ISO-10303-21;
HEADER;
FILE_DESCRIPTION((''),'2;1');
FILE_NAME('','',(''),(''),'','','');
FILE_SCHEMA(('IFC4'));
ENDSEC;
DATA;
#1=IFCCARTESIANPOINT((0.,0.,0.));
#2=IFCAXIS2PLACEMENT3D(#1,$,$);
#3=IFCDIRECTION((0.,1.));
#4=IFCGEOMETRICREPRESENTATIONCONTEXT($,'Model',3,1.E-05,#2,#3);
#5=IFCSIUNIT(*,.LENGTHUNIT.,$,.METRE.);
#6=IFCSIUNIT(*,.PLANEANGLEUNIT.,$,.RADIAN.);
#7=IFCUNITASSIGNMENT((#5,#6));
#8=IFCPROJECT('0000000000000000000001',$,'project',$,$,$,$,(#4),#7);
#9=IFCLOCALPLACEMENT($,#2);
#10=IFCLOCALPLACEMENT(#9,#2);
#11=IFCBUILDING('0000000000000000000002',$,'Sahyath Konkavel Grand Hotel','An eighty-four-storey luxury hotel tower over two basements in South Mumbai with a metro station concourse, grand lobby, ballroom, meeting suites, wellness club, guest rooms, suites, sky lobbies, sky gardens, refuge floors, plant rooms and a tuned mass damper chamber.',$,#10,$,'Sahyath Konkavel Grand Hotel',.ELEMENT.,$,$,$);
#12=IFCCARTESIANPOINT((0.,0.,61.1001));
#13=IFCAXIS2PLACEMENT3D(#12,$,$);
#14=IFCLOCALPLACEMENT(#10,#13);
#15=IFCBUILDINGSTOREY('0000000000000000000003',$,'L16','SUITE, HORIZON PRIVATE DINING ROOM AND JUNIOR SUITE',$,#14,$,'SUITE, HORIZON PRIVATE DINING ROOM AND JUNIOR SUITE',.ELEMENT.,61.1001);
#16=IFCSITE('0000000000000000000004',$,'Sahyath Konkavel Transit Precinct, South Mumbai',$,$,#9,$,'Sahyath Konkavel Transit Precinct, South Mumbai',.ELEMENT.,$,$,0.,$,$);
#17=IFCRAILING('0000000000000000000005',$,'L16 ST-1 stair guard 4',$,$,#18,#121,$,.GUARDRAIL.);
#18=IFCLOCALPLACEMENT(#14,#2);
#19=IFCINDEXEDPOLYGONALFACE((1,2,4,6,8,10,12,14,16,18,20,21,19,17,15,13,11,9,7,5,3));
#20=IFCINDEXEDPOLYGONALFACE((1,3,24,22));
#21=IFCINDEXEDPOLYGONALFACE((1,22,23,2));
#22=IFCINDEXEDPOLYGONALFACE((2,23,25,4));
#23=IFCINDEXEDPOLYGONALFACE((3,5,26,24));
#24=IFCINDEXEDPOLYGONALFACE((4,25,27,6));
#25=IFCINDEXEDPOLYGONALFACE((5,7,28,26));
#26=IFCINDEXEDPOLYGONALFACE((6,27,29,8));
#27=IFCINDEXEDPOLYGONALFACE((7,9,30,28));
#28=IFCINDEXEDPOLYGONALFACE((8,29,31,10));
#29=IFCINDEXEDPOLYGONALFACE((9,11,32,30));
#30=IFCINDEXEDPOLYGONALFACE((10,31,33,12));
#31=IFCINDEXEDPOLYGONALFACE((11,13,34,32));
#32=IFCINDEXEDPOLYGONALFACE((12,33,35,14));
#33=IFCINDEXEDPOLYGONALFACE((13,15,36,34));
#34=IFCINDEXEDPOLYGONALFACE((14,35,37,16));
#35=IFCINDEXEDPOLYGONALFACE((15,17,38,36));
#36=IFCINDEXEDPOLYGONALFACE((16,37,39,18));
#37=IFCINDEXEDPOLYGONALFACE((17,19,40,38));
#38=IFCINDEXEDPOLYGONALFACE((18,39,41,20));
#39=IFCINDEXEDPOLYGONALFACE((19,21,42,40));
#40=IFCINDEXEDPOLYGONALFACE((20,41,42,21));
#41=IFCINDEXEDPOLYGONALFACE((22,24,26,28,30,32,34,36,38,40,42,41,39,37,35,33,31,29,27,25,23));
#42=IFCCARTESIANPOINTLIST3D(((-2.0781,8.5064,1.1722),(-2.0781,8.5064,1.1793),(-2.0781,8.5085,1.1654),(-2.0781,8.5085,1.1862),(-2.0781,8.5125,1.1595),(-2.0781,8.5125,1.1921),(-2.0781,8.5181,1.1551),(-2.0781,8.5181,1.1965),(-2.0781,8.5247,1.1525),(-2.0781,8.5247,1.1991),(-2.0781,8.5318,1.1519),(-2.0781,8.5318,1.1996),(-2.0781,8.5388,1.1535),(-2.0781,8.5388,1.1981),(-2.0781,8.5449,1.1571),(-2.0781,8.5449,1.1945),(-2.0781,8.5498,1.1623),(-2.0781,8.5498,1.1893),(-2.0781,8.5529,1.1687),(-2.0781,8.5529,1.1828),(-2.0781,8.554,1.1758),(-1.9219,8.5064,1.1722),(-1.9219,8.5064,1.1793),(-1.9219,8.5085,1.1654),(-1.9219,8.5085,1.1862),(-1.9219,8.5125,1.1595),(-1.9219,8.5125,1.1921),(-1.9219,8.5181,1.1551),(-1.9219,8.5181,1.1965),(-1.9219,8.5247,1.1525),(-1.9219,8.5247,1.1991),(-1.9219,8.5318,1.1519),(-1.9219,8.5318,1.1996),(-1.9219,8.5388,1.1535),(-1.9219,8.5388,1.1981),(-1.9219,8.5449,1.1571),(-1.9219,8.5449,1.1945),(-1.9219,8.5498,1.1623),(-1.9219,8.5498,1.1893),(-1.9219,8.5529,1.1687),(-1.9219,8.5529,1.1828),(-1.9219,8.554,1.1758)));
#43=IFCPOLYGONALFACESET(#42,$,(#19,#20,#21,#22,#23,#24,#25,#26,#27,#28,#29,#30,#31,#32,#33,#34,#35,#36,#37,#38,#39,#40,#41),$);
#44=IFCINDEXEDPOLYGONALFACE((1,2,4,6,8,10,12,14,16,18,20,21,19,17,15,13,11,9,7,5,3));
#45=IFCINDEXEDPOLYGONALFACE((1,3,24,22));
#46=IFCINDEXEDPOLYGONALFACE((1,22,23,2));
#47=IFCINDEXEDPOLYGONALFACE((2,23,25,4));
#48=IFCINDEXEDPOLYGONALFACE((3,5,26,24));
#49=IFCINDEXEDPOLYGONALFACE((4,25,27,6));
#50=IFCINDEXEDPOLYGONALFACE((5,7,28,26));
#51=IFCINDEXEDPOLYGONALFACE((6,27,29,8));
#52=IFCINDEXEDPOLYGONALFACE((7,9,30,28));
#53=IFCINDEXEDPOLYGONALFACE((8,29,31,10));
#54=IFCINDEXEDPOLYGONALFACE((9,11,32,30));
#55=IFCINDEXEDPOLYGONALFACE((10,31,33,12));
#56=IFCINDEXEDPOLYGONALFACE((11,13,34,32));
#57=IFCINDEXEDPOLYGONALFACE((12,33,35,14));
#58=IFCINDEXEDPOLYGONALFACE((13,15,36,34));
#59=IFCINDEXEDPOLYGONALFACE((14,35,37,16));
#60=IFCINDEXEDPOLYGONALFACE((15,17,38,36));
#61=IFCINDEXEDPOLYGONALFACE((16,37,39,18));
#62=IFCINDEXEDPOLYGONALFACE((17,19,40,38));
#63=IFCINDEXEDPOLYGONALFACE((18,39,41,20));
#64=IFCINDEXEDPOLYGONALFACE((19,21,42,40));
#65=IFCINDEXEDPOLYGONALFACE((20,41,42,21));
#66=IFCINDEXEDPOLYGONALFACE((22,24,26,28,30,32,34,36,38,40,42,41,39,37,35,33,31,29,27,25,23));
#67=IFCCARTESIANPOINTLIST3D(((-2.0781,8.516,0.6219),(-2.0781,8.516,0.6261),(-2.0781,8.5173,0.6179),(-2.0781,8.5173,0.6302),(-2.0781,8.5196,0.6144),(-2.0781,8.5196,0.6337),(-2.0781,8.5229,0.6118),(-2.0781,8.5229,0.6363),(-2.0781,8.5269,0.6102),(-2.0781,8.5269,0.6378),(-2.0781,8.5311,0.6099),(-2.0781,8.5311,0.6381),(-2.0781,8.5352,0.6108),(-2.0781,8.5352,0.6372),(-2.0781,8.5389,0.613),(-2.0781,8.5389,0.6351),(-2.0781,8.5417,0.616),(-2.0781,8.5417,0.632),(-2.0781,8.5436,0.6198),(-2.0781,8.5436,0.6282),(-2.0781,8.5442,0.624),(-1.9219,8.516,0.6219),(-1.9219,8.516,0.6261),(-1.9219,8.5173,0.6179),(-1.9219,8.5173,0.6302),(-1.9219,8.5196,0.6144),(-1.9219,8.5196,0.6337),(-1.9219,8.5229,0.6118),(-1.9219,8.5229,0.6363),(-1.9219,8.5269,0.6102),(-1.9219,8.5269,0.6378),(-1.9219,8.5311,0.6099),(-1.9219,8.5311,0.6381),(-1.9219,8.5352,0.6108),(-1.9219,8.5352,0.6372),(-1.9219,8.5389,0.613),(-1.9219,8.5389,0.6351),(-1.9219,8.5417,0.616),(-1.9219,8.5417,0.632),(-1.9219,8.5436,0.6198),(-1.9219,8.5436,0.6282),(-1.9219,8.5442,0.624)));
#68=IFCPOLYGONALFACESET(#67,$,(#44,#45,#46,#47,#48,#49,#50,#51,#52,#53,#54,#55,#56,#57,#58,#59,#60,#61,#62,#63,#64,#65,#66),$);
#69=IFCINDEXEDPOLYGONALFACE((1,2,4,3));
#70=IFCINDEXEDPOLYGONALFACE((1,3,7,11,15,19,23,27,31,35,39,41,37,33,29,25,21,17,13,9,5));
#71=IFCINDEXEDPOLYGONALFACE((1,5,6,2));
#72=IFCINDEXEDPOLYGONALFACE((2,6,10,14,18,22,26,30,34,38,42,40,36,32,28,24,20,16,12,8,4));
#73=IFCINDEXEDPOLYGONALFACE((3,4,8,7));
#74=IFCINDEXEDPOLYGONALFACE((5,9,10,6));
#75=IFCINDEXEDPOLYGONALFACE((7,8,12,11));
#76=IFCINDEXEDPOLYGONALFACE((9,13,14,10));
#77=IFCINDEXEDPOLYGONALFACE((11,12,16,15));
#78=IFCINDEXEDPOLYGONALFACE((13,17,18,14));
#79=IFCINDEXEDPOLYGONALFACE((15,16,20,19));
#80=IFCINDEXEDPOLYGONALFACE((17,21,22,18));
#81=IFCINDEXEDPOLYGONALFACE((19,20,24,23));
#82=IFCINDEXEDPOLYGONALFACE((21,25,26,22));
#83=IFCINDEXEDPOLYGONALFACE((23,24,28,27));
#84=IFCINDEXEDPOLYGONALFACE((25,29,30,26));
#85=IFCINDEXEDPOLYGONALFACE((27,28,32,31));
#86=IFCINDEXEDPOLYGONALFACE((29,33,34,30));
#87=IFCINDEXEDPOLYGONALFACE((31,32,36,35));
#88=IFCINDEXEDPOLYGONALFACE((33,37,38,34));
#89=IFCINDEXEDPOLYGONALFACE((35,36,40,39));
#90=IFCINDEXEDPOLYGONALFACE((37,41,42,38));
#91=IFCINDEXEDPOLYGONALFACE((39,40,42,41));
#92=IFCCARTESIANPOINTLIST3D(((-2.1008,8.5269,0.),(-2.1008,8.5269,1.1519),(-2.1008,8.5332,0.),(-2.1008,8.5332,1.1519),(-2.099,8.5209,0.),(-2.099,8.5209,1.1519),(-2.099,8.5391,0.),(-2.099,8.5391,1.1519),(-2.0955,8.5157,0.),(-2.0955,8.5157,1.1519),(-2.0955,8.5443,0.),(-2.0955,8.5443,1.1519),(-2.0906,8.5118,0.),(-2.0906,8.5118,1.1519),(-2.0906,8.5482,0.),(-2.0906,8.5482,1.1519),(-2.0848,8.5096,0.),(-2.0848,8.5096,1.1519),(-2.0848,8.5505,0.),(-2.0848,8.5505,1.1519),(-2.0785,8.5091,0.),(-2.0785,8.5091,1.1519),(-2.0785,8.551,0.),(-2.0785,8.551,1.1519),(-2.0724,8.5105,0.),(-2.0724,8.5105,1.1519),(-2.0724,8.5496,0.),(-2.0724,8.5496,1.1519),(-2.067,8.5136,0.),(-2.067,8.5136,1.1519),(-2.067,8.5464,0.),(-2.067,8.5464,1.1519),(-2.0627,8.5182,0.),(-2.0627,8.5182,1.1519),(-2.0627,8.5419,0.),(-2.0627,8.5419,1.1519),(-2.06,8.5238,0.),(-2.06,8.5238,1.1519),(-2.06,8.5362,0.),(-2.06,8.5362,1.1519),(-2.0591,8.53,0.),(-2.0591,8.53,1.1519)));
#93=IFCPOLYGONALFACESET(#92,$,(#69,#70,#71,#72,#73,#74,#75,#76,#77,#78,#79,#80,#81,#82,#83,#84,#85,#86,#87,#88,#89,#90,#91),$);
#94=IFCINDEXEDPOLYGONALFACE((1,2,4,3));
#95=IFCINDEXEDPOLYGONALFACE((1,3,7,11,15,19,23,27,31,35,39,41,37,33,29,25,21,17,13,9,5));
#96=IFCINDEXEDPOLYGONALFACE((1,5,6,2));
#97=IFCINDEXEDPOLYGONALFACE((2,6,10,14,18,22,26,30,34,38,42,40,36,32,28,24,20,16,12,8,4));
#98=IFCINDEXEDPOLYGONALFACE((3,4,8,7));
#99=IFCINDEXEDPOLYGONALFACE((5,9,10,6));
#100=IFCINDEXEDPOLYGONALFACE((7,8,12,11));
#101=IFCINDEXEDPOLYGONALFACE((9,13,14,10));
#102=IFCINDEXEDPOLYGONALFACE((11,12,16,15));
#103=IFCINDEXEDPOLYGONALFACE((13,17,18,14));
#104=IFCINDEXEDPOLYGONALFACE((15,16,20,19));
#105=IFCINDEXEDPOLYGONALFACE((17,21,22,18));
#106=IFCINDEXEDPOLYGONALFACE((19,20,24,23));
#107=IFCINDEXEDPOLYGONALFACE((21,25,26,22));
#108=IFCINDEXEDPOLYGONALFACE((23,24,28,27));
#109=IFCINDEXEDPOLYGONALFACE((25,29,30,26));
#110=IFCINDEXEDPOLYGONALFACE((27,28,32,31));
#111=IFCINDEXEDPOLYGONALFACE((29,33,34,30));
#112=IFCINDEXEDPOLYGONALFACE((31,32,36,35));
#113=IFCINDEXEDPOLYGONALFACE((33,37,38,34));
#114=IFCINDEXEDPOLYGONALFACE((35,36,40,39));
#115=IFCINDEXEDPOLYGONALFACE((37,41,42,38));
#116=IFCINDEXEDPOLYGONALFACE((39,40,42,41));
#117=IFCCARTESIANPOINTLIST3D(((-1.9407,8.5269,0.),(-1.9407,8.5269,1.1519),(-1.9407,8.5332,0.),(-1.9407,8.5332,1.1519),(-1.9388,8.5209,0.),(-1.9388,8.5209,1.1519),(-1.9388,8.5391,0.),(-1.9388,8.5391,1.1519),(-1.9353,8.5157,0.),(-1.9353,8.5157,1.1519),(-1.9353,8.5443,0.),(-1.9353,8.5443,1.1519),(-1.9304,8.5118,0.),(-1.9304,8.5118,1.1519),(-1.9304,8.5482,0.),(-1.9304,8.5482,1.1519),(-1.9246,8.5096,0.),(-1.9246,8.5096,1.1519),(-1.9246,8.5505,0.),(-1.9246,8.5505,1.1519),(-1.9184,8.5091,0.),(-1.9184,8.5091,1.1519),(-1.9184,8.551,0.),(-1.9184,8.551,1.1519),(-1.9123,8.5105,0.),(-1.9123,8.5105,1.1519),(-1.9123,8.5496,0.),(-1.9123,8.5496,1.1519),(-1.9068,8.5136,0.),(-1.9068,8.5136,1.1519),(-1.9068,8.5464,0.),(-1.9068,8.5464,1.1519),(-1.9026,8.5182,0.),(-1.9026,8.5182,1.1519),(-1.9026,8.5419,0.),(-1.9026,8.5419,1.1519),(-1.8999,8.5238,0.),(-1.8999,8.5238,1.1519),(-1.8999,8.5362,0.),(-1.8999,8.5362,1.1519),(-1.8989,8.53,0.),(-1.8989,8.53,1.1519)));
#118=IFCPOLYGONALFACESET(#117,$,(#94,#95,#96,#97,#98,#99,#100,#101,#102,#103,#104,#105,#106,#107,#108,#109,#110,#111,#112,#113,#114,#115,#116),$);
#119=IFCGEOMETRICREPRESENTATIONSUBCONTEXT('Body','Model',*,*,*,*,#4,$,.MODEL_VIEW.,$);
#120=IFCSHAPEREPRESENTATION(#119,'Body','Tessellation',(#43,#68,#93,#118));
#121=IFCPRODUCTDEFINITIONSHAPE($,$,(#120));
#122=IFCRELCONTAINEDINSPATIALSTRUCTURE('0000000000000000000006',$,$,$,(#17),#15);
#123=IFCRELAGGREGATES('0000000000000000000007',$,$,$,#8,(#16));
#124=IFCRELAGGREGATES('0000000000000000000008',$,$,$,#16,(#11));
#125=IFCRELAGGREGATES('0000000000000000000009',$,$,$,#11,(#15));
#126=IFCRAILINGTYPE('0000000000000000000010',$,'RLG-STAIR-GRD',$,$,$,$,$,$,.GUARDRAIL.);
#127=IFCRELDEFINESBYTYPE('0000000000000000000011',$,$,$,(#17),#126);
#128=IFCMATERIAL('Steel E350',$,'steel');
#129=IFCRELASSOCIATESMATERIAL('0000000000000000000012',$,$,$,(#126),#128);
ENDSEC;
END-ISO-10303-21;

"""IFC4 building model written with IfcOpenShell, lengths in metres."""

from ifc_helpers import new_model, si_unit, direction, frame, origin, origin_2d, place, context, subcontext, project, spatial, circle, extrude, material, type_object, element, save


model = new_model("IFC4")

# Units and contexts
model_context = context("Model", 3, precision=1e-05, world=origin(), true_north=direction((0.0, 1.0)))
body_context = subcontext(model_context, "Body", "Model", "MODEL_VIEW")
ifc_project = project(units=[si_unit("LENGTHUNIT", "METRE"), si_unit("PLANEANGLEUNIT", "RADIAN")], contexts=[model_context])

# Site, building, storey
site_placement = place(None, origin())
site = spatial("IfcSite", under=ifc_project, at=site_placement, Name="Sahyath Konkavel Transit Precinct, South Mumbai", LongName="Sahyath Konkavel Transit Precinct, South Mumbai", CompositionType="ELEMENT", RefElevation=0.0)
building_placement = place(site_placement, origin())
building = spatial("IfcBuilding", under=site, at=building_placement, Name="Sahyath Konkavel Grand Hotel", Description="An eighty-four-storey luxury hotel tower over two basements in South Mumbai with a metro station concourse, grand lobby, ballroom, meeting suites, wellness club, guest rooms, suites, sky lobbies, sky gardens, refuge floors, plant rooms and a tuned mass damper chamber.", LongName="Sahyath Konkavel Grand Hotel", CompositionType="ELEMENT")
storey_placement = place(building_placement, frame((0.0, 0.0, 61.1001)))
storey = spatial("IfcBuildingStorey", under=building, at=storey_placement, Name="L16", Description="SUITE, HORIZON PRIVATE DINING ROOM AND JUNIOR SUITE", LongName="SUITE, HORIZON PRIVATE DINING ROOM AND JUNIOR SUITE", CompositionType="ELEMENT", Elevation=61.1001)

# Shared definitions
ifc_material_1 = material(Name="Steel E350", Category="steel")

# Railing
railing_type_1 = type_object("IfcRailingType", Name="RLG-STAIR-GRD", PredefinedType="GUARDRAIL", material=ifc_material_1)
railing_1_placement = place(storey_placement, frame((-2.0801, 8.53, 0.0)))
element("IfcRailing", 1, at=railing_1_placement, inside=storey, type_object=railing_type_1, Name="L16 ST-1 stair guard 4", PredefinedType="GUARDRAIL", context=body_context, shape_type="SweptSolid", body=[
    extrude(circle(Radius=0.0239, at=origin_2d()), frame((0.002, 0.0, 1.1758), z_axis=(1.0, 0.0, 0.0), x_axis=(0.0, 1.0, 0.0)), (0.0, 0.0, 1.0), 0.1562),
    extrude(circle(Radius=0.0142, at=origin_2d()), frame((0.002, 0.0, 0.624), z_axis=(1.0, 0.0, 0.0), x_axis=(0.0, 1.0, 0.0)), (0.0, 0.0, 1.0), 0.1562),
    extrude(circle(Radius=0.021, at=origin_2d()), origin(), (0.0, 0.0, 1.0), 1.1519),
    extrude(circle(Radius=0.021, at=origin_2d()), frame((0.1602, 0.0, 0.0)), (0.0, 0.0, 1.0), 1.1519),
])

save(model, "model.ifc")
